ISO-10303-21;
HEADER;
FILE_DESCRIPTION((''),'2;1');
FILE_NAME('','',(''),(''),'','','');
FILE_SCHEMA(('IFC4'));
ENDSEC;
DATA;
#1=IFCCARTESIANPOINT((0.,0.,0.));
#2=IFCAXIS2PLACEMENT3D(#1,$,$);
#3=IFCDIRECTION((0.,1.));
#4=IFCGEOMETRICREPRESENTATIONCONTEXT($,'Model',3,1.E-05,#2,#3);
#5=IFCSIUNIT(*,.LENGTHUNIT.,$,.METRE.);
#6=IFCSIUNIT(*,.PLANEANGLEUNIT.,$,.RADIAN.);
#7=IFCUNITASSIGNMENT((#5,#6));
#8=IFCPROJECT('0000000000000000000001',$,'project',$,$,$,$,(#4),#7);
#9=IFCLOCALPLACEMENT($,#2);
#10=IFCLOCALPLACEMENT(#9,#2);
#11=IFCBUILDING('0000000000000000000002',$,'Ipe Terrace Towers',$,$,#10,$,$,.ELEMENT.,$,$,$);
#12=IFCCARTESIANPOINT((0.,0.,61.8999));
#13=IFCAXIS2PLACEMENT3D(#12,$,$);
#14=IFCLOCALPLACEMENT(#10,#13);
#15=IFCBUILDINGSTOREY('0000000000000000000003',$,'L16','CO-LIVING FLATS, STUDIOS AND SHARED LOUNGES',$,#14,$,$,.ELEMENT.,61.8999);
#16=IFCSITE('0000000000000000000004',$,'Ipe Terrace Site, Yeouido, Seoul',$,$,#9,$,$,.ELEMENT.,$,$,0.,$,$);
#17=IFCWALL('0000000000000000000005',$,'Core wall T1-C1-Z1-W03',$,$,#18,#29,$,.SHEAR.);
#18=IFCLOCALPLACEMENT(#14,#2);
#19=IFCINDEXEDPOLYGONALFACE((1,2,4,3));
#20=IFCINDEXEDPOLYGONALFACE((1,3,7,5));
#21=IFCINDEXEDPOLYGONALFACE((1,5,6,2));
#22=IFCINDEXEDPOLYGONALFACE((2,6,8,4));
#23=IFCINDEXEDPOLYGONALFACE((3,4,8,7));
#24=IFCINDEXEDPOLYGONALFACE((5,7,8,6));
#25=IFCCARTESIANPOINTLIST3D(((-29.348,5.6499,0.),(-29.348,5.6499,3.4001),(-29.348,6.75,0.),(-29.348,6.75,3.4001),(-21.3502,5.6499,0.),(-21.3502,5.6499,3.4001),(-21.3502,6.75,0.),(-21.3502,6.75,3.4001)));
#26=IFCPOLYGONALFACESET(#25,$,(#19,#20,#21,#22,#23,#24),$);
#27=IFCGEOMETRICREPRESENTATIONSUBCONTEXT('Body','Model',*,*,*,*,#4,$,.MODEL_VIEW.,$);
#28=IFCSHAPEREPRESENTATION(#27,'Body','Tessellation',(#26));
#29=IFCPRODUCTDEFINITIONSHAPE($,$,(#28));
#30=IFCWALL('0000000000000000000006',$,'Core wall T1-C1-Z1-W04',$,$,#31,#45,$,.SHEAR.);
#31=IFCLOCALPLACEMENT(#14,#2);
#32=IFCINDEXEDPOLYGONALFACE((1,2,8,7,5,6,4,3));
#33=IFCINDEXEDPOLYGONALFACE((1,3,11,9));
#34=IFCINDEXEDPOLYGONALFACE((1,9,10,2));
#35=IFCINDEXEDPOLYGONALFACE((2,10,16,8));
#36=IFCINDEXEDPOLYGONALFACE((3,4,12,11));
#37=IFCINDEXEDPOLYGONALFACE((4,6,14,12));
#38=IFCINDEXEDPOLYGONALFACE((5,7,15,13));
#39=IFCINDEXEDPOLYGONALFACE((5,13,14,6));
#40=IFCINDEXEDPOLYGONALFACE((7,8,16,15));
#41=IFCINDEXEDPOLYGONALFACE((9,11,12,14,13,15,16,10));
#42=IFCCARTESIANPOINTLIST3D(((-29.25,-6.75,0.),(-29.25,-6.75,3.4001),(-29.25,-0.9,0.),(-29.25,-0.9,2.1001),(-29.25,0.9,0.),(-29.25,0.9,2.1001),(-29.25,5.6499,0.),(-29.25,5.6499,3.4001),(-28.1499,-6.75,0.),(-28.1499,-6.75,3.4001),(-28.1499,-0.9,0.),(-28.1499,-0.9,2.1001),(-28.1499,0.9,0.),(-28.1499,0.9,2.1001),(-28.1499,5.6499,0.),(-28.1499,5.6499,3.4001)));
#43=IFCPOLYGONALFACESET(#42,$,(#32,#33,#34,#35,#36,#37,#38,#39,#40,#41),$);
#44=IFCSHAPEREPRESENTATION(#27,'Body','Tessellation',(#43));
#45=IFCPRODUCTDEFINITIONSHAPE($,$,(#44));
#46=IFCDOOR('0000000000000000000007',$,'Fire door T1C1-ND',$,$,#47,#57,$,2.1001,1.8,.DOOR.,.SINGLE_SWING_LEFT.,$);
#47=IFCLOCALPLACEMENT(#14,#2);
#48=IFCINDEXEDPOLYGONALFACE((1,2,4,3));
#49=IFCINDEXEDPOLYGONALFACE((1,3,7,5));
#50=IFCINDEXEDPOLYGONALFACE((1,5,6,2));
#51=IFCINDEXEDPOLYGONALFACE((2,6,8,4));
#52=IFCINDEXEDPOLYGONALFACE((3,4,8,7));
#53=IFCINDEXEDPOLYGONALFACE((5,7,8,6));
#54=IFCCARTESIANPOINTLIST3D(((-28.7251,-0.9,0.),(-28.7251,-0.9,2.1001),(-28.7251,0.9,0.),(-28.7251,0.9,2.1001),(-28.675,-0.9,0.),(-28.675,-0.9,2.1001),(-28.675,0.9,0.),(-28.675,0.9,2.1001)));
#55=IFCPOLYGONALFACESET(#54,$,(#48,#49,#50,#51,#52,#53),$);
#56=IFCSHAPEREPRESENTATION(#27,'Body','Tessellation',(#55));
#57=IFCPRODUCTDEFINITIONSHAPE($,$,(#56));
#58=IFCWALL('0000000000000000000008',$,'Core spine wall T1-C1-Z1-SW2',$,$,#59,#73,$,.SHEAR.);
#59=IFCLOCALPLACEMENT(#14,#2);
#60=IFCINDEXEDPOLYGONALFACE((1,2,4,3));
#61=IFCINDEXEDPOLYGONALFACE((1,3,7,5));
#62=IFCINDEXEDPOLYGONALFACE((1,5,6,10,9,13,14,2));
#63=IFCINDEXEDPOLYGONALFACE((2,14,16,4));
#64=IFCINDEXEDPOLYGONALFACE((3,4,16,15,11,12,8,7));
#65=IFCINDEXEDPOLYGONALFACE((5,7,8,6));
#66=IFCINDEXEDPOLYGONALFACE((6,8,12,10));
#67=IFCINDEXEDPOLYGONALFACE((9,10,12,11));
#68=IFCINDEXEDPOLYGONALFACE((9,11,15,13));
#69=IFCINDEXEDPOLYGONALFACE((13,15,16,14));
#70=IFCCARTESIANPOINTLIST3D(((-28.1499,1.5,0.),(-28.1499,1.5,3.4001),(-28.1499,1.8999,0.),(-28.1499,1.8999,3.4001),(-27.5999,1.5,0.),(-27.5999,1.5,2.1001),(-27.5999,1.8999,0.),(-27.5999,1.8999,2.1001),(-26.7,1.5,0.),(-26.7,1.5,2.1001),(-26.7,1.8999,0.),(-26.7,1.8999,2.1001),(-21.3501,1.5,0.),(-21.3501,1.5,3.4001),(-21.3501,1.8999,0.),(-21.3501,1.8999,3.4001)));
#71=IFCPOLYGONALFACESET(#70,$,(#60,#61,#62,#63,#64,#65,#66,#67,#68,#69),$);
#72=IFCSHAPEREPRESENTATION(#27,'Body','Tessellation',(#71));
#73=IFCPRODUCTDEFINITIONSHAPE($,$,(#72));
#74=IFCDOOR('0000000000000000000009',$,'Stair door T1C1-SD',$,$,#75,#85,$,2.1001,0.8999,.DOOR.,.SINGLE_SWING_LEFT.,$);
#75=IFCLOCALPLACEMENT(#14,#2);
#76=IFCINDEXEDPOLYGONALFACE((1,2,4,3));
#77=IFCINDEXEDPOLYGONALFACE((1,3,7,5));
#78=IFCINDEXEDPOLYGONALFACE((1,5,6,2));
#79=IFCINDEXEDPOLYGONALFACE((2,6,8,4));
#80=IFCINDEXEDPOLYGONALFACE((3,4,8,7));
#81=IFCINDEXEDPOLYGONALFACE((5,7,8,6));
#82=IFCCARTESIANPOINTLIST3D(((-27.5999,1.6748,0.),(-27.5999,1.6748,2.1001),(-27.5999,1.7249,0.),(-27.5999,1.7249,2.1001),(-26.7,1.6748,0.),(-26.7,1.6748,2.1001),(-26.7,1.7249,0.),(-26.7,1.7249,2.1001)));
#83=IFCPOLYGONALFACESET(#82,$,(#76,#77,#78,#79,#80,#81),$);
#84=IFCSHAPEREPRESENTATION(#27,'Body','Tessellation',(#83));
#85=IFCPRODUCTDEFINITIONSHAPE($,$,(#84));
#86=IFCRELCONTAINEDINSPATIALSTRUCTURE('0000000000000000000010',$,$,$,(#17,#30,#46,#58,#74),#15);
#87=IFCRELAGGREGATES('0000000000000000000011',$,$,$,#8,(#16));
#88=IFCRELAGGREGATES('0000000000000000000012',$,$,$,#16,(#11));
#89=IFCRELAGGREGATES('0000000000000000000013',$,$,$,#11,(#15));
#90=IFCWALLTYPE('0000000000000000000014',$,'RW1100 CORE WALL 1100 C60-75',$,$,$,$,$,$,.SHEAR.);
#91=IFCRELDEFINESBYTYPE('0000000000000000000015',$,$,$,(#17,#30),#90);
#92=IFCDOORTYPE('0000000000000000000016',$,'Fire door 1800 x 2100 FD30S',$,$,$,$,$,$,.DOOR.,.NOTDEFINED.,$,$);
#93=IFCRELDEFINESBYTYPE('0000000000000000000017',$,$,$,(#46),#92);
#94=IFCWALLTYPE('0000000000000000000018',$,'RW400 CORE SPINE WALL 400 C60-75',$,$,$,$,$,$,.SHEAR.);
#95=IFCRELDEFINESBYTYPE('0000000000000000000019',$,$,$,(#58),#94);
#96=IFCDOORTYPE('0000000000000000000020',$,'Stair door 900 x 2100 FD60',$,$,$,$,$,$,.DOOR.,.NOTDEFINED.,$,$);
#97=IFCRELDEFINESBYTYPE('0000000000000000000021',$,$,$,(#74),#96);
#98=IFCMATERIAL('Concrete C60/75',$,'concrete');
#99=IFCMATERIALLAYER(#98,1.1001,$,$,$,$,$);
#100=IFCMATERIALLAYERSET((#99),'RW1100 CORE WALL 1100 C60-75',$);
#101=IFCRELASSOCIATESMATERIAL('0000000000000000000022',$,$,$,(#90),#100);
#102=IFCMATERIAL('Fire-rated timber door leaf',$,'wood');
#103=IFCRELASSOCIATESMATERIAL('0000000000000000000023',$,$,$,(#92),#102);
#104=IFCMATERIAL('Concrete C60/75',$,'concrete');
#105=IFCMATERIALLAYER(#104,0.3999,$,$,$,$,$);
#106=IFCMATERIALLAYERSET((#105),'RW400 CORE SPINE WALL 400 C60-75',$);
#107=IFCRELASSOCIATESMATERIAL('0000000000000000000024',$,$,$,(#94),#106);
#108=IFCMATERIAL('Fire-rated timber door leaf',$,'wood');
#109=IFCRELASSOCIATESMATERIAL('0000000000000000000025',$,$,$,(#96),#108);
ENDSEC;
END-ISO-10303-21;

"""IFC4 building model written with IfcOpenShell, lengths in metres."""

from ifc_helpers import new_model, si_unit, direction, frame, frame_2d, origin, place, context, subcontext, project, spatial, rectangle, extrude, material, layer, layer_set, type_object, element, fill, save


model = new_model("IFC4")

# Units and contexts
model_context = context("Model", 3, precision=1e-05, world=origin(), true_north=direction((0.0, 1.0)))
body_context = subcontext(model_context, "Body", "Model", "MODEL_VIEW")
ifc_project = project(units=[si_unit("LENGTHUNIT", "METRE"), si_unit("PLANEANGLEUNIT", "RADIAN")], contexts=[model_context])

# Site, building, storey
site_placement = place(None, origin())
site = spatial("IfcSite", under=ifc_project, at=site_placement, Name="Ipe Terrace Site, Yeouido, Seoul", CompositionType="ELEMENT", RefElevation=0.0)
building_placement = place(site_placement, origin())
building = spatial("IfcBuilding", under=site, at=building_placement, Name="Ipe Terrace Towers", CompositionType="ELEMENT")
storey_placement = place(building_placement, frame((0.0, 0.0, 61.8999)))
storey = spatial("IfcBuildingStorey", under=building, at=storey_placement, Name="L16", Description="CO-LIVING FLATS, STUDIOS AND SHARED LOUNGES", CompositionType="ELEMENT", Elevation=61.8999)

# Wall
ifc_material_1 = material(Name="Concrete C60/75", Category="concrete")
ifc_layer_1 = layer(ifc_material_1, 1.1001)
ifc_layer_set_1 = layer_set([ifc_layer_1], Name="RW1100 CORE WALL 1100 C60-75")
wall_type_1 = type_object("IfcWallType", Name="RW1100 CORE WALL 1100 C60-75", PredefinedType="SHEAR", material=ifc_layer_set_1)
wall_1_placement = place(storey_placement, frame((-21.3501, 6.2, 0.0), z_axis=(0.0, 0.0, 1.0), x_axis=(-1.0, 0.0, 0.0)))
element("IfcWall", 1, at=wall_1_placement, inside=storey, type_object=wall_type_1, Name="Core wall T1-C1-Z1-W03", PredefinedType="SHEAR", context=body_context, shape_type="SweptSolid", body=[
    extrude(rectangle(XDim=7.9978, YDim=1.1001, at=frame_2d((3.999, 0.0))), origin(), (0.0, 0.0, 1.0), 3.4001),
])

# Walls, openings, doors
wall_2_placement = place(storey_placement, frame((-28.7, 5.6499, 0.0), z_axis=(0.0, 0.0, 1.0), x_axis=(0.0, -1.0, 0.0)))
wall_2 = element("IfcWall", 2, at=wall_2_placement, inside=storey, type_object=wall_type_1, Name="Core wall T1-C1-Z1-W04", PredefinedType="SHEAR", context=body_context, shape_type="SweptSolid", body=[
    extrude(rectangle(XDim=12.3999, YDim=1.1001, at=frame_2d((6.2, 0.0))), origin(), (0.0, 0.0, 1.0), 3.4001),
])
opening_1_placement = place(wall_2_placement, frame((4.75, 0.0, 0.0)))
opening_1 = element("IfcOpeningElement", 3, at=opening_1_placement, cuts=wall_2, PredefinedType="OPENING", context=body_context, shape_type="SweptSolid", body=[
    extrude(rectangle(XDim=1.8, YDim=2.1001, at=frame_2d((0.8999, 1.05))), frame((0.0, 0.5601, 0.0), z_axis=(0.0, -1.0, 0.0), x_axis=(1.0, 0.0, 0.0)), (0.0, 0.0, 1.0), 1.1201),
])
ifc_material_2 = material(Name="Fire-rated timber door leaf", Category="wood")
door_type_1 = type_object("IfcDoorType", Name="Fire door 1800 x 2100 FD30S", OperationType="NOTDEFINED", PredefinedType="DOOR", material=ifc_material_2)
door_1_placement = place(opening_1_placement, origin())
door_1 = element("IfcDoor", 4, at=door_1_placement, inside=storey, type_object=door_type_1, Name="Fire door T1C1-ND", OperationType="SINGLE_SWING_LEFT", OverallHeight=2.1001, OverallWidth=1.8, PredefinedType="DOOR", context=body_context, shape_type="SweptSolid", body=[
    extrude(rectangle(XDim=1.8, YDim=2.1001, at=frame_2d((0.8999, 1.05))), frame((0.0, 0.0249, 0.0), z_axis=(0.0, -1.0, 0.0), x_axis=(1.0, 0.0, 0.0)), (0.0, 0.0, 1.0), 0.05),
])
fill(opening_1, door_1)
ifc_material_3 = material(Name="Concrete C60/75", Category="concrete")
ifc_layer_2 = layer(ifc_material_3, 0.3999)
ifc_layer_set_2 = layer_set([ifc_layer_2], Name="RW400 CORE SPINE WALL 400 C60-75")
wall_type_2 = type_object("IfcWallType", Name="RW400 CORE SPINE WALL 400 C60-75", PredefinedType="SHEAR", material=ifc_layer_set_2)
wall_3_placement = place(storey_placement, frame((-28.1499, 1.7, 0.0), z_axis=(0.0, 0.0, 1.0), x_axis=(1.0, 0.0, 0.0)))
wall_3 = element("IfcWall", 5, at=wall_3_placement, inside=storey, type_object=wall_type_2, Name="Core spine wall T1-C1-Z1-SW2", PredefinedType="SHEAR", context=body_context, shape_type="SweptSolid", body=[
    extrude(rectangle(XDim=6.7998, YDim=0.3999, at=frame_2d((3.3999, 0.0))), origin(), (0.0, 0.0, 1.0), 3.4001),
])
opening_2_placement = place(wall_3_placement, frame((0.55, 0.0, 0.0)))
opening_2 = element("IfcOpeningElement", 6, at=opening_2_placement, cuts=wall_3, PredefinedType="OPENING", context=body_context, shape_type="SweptSolid", body=[
    extrude(rectangle(XDim=0.8999, YDim=2.1001, at=frame_2d((0.45, 1.05))), frame((0.0, 0.21, 0.0), z_axis=(0.0, -1.0, 0.0), x_axis=(1.0, 0.0, 0.0)), (0.0, 0.0, 1.0), 0.4199),
])
ifc_material_4 = material(Name="Fire-rated timber door leaf", Category="wood")
door_type_2 = type_object("IfcDoorType", Name="Stair door 900 x 2100 FD60", OperationType="NOTDEFINED", PredefinedType="DOOR", material=ifc_material_4)
door_2_placement = place(opening_2_placement, origin())
door_2 = element("IfcDoor", 7, at=door_2_placement, inside=storey, type_object=door_type_2, Name="Stair door T1C1-SD", OperationType="SINGLE_SWING_LEFT", OverallHeight=2.1001, OverallWidth=0.8999, PredefinedType="DOOR", context=body_context, shape_type="SweptSolid", body=[
    extrude(rectangle(XDim=0.8999, YDim=2.1001, at=frame_2d((0.45, 1.05))), frame((0.0, 0.0249, 0.0), z_axis=(0.0, -1.0, 0.0), x_axis=(1.0, 0.0, 0.0)), (0.0, 0.0, 1.0), 0.05),
])
fill(opening_2, door_2)

save(model, "model.ifc")
